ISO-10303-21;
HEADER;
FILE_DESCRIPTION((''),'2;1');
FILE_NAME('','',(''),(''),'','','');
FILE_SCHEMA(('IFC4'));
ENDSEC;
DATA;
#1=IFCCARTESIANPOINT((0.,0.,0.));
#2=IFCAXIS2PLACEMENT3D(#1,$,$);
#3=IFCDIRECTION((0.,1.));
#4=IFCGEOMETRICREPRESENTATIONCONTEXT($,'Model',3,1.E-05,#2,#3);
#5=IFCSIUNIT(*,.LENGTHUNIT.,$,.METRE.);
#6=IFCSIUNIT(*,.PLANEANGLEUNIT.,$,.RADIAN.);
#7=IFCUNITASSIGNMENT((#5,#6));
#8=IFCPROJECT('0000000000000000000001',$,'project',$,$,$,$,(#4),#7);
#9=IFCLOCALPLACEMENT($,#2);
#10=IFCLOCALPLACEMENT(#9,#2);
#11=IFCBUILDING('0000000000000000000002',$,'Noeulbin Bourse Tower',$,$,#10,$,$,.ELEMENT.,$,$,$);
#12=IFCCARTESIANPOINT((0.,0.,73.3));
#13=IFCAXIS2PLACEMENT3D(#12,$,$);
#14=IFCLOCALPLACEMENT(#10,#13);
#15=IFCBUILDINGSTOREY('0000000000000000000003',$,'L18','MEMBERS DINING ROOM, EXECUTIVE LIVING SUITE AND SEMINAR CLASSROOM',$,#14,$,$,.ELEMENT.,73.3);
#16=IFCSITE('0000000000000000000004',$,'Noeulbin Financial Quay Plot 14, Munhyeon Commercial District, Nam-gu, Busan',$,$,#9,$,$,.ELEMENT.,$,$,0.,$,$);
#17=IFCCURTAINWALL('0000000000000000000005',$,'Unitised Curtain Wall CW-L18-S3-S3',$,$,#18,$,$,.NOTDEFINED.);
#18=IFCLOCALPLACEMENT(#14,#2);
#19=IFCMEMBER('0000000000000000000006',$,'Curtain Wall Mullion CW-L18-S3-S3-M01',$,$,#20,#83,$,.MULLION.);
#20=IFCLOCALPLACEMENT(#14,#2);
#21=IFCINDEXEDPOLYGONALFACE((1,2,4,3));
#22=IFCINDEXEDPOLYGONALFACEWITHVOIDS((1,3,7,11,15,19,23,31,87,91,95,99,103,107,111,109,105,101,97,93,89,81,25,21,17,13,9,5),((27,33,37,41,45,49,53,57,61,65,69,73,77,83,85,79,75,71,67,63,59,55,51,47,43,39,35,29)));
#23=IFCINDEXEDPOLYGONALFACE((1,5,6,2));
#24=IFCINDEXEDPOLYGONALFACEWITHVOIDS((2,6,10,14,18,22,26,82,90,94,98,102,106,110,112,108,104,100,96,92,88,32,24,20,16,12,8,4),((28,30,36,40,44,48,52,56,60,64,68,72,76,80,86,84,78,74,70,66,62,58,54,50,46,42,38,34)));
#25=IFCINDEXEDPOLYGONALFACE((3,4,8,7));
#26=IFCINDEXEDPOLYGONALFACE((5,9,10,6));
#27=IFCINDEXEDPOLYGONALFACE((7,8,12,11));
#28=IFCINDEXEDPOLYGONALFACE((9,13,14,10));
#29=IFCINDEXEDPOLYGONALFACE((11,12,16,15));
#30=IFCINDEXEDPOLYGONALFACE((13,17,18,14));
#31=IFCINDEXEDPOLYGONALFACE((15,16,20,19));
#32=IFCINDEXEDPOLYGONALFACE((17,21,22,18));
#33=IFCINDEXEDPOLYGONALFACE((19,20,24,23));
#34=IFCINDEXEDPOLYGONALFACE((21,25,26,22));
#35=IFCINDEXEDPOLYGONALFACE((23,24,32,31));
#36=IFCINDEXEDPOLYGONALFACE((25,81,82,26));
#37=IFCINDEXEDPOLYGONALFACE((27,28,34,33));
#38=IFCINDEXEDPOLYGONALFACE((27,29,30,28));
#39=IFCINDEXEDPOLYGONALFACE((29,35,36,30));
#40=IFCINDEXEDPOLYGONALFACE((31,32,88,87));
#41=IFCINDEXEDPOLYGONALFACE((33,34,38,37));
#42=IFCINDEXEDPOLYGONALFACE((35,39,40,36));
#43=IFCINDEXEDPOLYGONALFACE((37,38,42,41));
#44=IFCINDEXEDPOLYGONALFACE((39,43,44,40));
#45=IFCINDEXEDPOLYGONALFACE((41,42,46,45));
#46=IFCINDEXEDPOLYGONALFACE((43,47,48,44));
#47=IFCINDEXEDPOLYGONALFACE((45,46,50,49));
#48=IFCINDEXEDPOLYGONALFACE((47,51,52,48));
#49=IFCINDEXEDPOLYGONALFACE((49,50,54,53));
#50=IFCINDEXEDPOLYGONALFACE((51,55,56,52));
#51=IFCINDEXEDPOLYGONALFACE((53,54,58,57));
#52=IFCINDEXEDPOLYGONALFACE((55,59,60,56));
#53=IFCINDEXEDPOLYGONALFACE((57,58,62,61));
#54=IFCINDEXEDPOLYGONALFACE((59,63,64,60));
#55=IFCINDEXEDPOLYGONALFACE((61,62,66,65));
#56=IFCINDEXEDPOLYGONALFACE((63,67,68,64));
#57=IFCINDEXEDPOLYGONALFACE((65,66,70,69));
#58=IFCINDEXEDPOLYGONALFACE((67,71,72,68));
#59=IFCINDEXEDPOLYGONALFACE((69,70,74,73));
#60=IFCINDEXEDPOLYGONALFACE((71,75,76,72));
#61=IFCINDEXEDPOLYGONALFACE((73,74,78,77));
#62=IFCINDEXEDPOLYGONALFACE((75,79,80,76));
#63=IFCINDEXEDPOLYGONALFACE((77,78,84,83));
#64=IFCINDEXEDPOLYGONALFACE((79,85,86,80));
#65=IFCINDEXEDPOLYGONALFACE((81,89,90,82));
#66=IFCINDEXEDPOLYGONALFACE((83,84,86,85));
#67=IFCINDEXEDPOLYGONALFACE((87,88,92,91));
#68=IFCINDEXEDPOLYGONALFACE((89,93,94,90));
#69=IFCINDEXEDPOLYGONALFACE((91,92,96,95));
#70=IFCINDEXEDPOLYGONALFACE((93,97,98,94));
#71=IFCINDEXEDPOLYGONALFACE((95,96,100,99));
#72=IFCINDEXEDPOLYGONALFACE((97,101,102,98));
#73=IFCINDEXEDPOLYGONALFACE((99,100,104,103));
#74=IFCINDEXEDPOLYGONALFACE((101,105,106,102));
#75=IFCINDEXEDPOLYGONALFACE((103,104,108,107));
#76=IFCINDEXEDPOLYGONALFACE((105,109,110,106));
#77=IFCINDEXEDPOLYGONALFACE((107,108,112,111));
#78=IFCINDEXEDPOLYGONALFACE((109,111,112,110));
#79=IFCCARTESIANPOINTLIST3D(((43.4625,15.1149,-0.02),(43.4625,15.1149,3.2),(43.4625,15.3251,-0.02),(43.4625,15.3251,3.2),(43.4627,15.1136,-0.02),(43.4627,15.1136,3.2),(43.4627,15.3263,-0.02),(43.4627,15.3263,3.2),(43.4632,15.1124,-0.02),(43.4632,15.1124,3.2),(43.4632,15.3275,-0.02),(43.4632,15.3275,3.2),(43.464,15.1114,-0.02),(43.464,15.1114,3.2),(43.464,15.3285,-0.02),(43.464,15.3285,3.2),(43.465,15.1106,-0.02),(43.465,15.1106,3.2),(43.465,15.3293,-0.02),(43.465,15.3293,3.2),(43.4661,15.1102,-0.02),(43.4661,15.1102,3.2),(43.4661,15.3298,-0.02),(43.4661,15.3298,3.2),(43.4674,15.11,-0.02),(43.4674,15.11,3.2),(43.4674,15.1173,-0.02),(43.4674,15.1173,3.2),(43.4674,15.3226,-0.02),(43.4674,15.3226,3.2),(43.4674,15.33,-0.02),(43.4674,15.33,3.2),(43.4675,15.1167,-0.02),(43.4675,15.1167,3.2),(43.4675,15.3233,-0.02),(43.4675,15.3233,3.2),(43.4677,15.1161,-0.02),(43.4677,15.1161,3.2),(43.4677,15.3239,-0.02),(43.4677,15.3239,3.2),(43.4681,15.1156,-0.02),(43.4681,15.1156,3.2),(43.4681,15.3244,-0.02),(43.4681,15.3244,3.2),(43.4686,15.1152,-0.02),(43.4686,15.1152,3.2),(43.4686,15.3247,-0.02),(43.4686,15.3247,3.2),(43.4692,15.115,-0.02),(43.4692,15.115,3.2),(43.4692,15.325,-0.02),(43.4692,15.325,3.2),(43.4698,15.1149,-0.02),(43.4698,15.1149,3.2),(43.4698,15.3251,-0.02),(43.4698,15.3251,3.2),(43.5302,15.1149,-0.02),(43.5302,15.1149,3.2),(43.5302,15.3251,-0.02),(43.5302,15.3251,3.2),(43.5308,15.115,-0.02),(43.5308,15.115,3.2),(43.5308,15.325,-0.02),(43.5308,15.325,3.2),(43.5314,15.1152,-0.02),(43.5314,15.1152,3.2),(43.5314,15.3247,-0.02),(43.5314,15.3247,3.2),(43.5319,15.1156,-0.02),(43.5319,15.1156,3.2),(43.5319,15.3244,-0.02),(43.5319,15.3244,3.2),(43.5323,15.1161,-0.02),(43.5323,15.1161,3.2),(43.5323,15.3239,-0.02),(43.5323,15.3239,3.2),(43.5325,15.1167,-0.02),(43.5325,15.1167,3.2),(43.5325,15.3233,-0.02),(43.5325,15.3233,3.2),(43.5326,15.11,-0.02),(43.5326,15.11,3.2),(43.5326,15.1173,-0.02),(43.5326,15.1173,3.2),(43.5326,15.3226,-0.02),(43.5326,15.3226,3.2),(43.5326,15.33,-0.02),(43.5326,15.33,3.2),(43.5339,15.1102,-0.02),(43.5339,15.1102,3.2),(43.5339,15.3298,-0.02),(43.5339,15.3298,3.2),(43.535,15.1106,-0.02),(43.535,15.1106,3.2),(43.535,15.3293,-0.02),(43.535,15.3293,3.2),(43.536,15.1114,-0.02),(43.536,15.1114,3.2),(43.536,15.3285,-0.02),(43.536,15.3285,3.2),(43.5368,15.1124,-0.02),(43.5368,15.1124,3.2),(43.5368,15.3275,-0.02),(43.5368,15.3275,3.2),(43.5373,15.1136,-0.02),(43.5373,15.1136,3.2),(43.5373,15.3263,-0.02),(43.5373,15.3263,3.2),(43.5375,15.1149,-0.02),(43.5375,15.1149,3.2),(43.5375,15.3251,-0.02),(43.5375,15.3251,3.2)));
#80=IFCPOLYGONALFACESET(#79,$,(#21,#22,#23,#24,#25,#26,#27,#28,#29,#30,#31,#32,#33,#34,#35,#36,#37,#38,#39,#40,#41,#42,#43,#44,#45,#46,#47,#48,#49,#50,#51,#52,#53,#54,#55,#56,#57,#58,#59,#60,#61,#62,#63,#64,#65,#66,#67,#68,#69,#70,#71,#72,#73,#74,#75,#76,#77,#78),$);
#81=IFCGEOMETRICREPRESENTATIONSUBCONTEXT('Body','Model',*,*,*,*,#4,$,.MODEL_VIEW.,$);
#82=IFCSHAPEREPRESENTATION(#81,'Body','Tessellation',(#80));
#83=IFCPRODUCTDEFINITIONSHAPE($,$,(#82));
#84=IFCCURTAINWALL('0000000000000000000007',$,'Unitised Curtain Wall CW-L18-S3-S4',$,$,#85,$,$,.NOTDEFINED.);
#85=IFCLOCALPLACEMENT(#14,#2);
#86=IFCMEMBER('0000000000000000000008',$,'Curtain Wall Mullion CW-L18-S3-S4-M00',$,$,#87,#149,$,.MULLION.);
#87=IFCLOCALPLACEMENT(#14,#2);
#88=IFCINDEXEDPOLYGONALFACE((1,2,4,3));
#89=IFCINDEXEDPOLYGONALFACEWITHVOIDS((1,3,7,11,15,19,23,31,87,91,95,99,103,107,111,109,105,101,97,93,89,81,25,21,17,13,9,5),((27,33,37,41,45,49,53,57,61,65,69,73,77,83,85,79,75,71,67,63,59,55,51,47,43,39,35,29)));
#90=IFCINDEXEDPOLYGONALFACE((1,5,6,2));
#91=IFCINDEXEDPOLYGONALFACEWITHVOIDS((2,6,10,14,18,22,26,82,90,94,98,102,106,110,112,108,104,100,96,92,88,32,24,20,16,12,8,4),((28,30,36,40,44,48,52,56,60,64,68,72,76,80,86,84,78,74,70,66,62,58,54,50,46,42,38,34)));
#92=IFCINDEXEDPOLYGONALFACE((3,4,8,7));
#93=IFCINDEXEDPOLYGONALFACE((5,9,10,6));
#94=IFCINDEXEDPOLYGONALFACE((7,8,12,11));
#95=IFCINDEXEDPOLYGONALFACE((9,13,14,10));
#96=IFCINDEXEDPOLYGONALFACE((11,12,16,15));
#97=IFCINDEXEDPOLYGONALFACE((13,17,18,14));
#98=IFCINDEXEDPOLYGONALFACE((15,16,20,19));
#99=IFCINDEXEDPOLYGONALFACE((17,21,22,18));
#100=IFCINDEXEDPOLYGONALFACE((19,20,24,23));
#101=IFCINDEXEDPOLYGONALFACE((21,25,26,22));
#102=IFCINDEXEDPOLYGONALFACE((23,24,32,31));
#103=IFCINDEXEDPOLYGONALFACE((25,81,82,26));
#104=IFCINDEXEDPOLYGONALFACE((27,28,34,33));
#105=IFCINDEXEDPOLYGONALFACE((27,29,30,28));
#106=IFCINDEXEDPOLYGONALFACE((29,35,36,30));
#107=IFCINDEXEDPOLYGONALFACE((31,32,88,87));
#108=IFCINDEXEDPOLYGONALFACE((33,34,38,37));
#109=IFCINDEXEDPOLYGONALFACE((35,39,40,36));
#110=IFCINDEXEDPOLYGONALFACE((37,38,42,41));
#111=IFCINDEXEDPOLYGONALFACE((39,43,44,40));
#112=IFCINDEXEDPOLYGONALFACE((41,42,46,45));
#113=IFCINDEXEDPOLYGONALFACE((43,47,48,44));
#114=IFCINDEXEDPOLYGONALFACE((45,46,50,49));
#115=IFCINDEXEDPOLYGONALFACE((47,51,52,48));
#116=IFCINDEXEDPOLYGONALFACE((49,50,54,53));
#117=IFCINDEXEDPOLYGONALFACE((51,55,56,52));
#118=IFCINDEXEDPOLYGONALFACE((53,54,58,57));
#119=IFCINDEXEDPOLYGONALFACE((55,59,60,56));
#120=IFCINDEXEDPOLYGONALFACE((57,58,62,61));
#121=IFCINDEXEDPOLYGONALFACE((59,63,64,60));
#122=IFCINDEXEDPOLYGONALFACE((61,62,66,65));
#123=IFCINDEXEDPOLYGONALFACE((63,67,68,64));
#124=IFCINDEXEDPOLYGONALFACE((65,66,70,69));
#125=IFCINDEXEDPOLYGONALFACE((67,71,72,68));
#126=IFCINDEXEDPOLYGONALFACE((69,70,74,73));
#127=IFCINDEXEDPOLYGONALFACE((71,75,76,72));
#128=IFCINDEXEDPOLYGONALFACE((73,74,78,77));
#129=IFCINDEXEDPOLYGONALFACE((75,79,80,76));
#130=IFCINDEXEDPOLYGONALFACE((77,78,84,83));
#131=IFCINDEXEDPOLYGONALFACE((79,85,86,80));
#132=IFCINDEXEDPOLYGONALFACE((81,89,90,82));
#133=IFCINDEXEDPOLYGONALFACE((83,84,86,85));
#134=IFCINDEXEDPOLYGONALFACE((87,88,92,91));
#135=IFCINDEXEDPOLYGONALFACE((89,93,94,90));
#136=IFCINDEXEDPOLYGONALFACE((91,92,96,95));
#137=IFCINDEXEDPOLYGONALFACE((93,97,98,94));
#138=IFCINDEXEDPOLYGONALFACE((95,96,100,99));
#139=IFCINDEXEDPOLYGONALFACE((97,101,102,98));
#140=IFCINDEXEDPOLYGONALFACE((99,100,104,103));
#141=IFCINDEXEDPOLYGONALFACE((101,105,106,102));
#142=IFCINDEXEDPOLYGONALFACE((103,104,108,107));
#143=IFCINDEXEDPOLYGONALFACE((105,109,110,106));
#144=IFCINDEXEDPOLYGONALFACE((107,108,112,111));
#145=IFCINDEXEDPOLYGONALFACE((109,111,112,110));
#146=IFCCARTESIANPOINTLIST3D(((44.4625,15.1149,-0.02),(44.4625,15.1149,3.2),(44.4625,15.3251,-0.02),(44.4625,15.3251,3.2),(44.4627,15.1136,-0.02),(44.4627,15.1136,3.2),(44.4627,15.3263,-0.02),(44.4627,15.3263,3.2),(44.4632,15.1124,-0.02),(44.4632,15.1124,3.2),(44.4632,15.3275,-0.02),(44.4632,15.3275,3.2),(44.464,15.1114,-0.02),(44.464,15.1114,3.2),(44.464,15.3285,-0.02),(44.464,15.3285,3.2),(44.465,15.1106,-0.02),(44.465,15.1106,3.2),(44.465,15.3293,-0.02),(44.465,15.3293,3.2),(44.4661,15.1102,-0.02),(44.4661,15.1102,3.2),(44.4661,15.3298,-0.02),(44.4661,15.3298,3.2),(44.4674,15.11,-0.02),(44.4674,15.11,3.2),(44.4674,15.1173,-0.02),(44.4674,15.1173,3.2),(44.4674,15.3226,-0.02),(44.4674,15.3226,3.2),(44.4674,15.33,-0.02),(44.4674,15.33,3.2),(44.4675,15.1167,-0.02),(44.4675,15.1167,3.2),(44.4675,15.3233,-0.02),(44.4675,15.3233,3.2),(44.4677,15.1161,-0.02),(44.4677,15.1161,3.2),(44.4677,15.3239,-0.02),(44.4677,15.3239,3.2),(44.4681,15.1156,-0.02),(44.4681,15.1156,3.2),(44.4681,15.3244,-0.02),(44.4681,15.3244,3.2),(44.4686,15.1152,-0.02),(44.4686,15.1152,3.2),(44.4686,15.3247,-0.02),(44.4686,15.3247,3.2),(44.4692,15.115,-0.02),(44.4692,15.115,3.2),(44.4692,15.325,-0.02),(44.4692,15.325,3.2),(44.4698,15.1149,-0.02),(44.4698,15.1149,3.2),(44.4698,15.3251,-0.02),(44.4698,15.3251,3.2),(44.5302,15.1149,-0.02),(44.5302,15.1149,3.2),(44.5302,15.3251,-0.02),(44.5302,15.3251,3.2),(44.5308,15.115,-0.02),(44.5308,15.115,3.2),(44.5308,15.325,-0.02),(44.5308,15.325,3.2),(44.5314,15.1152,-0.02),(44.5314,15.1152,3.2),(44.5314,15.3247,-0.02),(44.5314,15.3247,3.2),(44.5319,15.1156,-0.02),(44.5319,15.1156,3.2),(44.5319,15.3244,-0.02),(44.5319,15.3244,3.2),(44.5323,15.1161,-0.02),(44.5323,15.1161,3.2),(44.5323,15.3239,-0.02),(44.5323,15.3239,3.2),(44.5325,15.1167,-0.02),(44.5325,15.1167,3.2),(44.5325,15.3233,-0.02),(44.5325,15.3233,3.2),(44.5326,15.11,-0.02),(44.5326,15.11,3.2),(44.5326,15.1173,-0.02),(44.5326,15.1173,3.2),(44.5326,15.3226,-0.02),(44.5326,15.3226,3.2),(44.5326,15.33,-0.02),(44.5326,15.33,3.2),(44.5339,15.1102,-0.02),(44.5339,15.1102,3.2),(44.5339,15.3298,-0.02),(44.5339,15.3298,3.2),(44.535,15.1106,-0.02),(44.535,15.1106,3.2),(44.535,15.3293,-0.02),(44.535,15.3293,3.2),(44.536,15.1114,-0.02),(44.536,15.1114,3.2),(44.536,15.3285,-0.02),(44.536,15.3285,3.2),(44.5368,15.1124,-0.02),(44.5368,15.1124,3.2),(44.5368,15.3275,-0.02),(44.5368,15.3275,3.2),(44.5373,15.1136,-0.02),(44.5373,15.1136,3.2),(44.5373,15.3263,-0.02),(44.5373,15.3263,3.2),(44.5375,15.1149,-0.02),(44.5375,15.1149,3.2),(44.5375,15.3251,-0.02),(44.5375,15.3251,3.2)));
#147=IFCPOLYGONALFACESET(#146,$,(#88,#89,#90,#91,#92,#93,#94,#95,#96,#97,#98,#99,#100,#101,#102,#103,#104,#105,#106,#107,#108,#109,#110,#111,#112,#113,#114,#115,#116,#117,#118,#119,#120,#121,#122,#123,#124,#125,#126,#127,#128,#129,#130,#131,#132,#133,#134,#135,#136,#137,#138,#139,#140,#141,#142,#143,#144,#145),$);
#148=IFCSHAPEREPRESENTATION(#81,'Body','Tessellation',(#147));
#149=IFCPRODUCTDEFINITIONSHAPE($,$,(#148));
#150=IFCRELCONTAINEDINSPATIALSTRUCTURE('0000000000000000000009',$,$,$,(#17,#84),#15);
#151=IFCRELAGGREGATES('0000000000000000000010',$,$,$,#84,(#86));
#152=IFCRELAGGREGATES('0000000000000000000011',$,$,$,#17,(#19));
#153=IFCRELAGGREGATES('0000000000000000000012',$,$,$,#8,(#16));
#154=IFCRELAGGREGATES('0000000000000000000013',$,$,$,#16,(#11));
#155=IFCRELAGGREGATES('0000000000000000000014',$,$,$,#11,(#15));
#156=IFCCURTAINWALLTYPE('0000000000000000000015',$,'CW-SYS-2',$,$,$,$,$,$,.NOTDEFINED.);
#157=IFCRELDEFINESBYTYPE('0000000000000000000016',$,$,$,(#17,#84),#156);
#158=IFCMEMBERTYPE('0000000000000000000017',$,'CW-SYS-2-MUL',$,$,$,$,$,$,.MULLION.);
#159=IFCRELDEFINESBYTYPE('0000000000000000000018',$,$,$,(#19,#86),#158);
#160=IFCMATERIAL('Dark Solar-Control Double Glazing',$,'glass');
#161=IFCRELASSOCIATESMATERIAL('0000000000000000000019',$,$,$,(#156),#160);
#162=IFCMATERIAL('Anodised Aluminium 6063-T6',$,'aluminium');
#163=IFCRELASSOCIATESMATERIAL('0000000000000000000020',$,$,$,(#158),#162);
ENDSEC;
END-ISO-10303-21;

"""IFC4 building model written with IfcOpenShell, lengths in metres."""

from ifc_helpers import new_model, si_unit, direction, frame, origin, origin_2d, place, context, subcontext, project, spatial, hollow_rectangle, extrude, material, material_profile, profile_set, type_object, element, aggregate, save


model = new_model("IFC4")

# Units and contexts
model_context = context("Model", 3, precision=1e-05, world=origin(), true_north=direction((0.0, 1.0)))
body_context = subcontext(model_context, "Body", "Model", "MODEL_VIEW")
ifc_project = project(units=[si_unit("LENGTHUNIT", "METRE"), si_unit("PLANEANGLEUNIT", "RADIAN")], contexts=[model_context])

# Site, building, storey
site_placement = place(None, origin())
site = spatial("IfcSite", under=ifc_project, at=site_placement, Name="Noeulbin Financial Quay Plot 14, Munhyeon Commercial District, Nam-gu, Busan", CompositionType="ELEMENT", RefElevation=0.0)
building_placement = place(site_placement, origin())
building = spatial("IfcBuilding", under=site, at=building_placement, Name="Noeulbin Bourse Tower", CompositionType="ELEMENT")
storey_placement = place(building_placement, frame((0.0, 0.0, 73.3)))
storey = spatial("IfcBuildingStorey", under=building, at=storey_placement, Name="L18", Description="MEMBERS DINING ROOM, EXECUTIVE LIVING SUITE AND SEMINAR CLASSROOM", CompositionType="ELEMENT", Elevation=73.3)

# Curtain walls, members
ifc_material_1 = material(Name="Dark Solar-Control Double Glazing", Category="glass")
curtain_wall_type = type_object("IfcCurtainWallType", Name="CW-SYS-2", PredefinedType="NOTDEFINED", material=ifc_material_1)
curtain_wall_1_placement = place(storey_placement, origin())
curtain_wall_1 = element("IfcCurtainWall", 1, at=curtain_wall_1_placement, inside=storey, type_object=curtain_wall_type, Name="Unitised Curtain Wall CW-L18-S3-S3", PredefinedType="NOTDEFINED")
ifc_material_2 = material(Name="Anodised Aluminium 6063-T6", Category="aluminium")
ifc_material_profile_1 = material_profile(ifc_material_2, hollow_rectangle(XDim=0.075, YDim=0.22, WallThickness=0.0049, InnerFilletRadius=0.0024, OuterFilletRadius=0.0049, at=origin_2d()), Name="ALU-MULL-75x220x5", Category="LoadBearing")
ifc_profile_set_1 = profile_set([ifc_material_profile_1], Name="Anodised Aluminium 6063-T6")
member_type_1 = type_object("IfcMemberType", Name="CW-SYS-2-MUL", PredefinedType="MULLION", material=ifc_profile_set_1)
member_1_placement = place(storey_placement, frame((43.5, 15.22, -0.02), z_axis=(0.0, 0.0, 1.0), x_axis=(1.0, 0.0, 0.0)))
member_1 = element("IfcMember", 2, at=member_1_placement, type_object=member_type_1, Name="Curtain Wall Mullion CW-L18-S3-S3-M01", PredefinedType="MULLION", context=body_context, shape_type="SweptSolid", body=[
    extrude(hollow_rectangle(XDim=0.075, YDim=0.22, WallThickness=0.0049, InnerFilletRadius=0.0024, OuterFilletRadius=0.0049, at=origin_2d()), origin(), (0.0, 0.0, 1.0), 3.22),
])
curtain_wall_2_placement = place(storey_placement, origin())
curtain_wall_2 = element("IfcCurtainWall", 3, at=curtain_wall_2_placement, inside=storey, type_object=curtain_wall_type, Name="Unitised Curtain Wall CW-L18-S3-S4", PredefinedType="NOTDEFINED")
member_2_placement = place(storey_placement, frame((44.5, 15.22, -0.02), z_axis=(0.0, 0.0, 1.0), x_axis=(1.0, 0.0, 0.0)))
member_2 = element("IfcMember", 4, at=member_2_placement, type_object=member_type_1, Name="Curtain Wall Mullion CW-L18-S3-S4-M00", PredefinedType="MULLION", context=body_context, shape_type="SweptSolid", body=[
    extrude(hollow_rectangle(XDim=0.075, YDim=0.22, WallThickness=0.0049, InnerFilletRadius=0.0024, OuterFilletRadius=0.0049, at=origin_2d()), origin(), (0.0, 0.0, 1.0), 3.22),
])
aggregate(curtain_wall_2, [member_2])

aggregate(curtain_wall_1, [member_1])

save(model, "model.ifc")
